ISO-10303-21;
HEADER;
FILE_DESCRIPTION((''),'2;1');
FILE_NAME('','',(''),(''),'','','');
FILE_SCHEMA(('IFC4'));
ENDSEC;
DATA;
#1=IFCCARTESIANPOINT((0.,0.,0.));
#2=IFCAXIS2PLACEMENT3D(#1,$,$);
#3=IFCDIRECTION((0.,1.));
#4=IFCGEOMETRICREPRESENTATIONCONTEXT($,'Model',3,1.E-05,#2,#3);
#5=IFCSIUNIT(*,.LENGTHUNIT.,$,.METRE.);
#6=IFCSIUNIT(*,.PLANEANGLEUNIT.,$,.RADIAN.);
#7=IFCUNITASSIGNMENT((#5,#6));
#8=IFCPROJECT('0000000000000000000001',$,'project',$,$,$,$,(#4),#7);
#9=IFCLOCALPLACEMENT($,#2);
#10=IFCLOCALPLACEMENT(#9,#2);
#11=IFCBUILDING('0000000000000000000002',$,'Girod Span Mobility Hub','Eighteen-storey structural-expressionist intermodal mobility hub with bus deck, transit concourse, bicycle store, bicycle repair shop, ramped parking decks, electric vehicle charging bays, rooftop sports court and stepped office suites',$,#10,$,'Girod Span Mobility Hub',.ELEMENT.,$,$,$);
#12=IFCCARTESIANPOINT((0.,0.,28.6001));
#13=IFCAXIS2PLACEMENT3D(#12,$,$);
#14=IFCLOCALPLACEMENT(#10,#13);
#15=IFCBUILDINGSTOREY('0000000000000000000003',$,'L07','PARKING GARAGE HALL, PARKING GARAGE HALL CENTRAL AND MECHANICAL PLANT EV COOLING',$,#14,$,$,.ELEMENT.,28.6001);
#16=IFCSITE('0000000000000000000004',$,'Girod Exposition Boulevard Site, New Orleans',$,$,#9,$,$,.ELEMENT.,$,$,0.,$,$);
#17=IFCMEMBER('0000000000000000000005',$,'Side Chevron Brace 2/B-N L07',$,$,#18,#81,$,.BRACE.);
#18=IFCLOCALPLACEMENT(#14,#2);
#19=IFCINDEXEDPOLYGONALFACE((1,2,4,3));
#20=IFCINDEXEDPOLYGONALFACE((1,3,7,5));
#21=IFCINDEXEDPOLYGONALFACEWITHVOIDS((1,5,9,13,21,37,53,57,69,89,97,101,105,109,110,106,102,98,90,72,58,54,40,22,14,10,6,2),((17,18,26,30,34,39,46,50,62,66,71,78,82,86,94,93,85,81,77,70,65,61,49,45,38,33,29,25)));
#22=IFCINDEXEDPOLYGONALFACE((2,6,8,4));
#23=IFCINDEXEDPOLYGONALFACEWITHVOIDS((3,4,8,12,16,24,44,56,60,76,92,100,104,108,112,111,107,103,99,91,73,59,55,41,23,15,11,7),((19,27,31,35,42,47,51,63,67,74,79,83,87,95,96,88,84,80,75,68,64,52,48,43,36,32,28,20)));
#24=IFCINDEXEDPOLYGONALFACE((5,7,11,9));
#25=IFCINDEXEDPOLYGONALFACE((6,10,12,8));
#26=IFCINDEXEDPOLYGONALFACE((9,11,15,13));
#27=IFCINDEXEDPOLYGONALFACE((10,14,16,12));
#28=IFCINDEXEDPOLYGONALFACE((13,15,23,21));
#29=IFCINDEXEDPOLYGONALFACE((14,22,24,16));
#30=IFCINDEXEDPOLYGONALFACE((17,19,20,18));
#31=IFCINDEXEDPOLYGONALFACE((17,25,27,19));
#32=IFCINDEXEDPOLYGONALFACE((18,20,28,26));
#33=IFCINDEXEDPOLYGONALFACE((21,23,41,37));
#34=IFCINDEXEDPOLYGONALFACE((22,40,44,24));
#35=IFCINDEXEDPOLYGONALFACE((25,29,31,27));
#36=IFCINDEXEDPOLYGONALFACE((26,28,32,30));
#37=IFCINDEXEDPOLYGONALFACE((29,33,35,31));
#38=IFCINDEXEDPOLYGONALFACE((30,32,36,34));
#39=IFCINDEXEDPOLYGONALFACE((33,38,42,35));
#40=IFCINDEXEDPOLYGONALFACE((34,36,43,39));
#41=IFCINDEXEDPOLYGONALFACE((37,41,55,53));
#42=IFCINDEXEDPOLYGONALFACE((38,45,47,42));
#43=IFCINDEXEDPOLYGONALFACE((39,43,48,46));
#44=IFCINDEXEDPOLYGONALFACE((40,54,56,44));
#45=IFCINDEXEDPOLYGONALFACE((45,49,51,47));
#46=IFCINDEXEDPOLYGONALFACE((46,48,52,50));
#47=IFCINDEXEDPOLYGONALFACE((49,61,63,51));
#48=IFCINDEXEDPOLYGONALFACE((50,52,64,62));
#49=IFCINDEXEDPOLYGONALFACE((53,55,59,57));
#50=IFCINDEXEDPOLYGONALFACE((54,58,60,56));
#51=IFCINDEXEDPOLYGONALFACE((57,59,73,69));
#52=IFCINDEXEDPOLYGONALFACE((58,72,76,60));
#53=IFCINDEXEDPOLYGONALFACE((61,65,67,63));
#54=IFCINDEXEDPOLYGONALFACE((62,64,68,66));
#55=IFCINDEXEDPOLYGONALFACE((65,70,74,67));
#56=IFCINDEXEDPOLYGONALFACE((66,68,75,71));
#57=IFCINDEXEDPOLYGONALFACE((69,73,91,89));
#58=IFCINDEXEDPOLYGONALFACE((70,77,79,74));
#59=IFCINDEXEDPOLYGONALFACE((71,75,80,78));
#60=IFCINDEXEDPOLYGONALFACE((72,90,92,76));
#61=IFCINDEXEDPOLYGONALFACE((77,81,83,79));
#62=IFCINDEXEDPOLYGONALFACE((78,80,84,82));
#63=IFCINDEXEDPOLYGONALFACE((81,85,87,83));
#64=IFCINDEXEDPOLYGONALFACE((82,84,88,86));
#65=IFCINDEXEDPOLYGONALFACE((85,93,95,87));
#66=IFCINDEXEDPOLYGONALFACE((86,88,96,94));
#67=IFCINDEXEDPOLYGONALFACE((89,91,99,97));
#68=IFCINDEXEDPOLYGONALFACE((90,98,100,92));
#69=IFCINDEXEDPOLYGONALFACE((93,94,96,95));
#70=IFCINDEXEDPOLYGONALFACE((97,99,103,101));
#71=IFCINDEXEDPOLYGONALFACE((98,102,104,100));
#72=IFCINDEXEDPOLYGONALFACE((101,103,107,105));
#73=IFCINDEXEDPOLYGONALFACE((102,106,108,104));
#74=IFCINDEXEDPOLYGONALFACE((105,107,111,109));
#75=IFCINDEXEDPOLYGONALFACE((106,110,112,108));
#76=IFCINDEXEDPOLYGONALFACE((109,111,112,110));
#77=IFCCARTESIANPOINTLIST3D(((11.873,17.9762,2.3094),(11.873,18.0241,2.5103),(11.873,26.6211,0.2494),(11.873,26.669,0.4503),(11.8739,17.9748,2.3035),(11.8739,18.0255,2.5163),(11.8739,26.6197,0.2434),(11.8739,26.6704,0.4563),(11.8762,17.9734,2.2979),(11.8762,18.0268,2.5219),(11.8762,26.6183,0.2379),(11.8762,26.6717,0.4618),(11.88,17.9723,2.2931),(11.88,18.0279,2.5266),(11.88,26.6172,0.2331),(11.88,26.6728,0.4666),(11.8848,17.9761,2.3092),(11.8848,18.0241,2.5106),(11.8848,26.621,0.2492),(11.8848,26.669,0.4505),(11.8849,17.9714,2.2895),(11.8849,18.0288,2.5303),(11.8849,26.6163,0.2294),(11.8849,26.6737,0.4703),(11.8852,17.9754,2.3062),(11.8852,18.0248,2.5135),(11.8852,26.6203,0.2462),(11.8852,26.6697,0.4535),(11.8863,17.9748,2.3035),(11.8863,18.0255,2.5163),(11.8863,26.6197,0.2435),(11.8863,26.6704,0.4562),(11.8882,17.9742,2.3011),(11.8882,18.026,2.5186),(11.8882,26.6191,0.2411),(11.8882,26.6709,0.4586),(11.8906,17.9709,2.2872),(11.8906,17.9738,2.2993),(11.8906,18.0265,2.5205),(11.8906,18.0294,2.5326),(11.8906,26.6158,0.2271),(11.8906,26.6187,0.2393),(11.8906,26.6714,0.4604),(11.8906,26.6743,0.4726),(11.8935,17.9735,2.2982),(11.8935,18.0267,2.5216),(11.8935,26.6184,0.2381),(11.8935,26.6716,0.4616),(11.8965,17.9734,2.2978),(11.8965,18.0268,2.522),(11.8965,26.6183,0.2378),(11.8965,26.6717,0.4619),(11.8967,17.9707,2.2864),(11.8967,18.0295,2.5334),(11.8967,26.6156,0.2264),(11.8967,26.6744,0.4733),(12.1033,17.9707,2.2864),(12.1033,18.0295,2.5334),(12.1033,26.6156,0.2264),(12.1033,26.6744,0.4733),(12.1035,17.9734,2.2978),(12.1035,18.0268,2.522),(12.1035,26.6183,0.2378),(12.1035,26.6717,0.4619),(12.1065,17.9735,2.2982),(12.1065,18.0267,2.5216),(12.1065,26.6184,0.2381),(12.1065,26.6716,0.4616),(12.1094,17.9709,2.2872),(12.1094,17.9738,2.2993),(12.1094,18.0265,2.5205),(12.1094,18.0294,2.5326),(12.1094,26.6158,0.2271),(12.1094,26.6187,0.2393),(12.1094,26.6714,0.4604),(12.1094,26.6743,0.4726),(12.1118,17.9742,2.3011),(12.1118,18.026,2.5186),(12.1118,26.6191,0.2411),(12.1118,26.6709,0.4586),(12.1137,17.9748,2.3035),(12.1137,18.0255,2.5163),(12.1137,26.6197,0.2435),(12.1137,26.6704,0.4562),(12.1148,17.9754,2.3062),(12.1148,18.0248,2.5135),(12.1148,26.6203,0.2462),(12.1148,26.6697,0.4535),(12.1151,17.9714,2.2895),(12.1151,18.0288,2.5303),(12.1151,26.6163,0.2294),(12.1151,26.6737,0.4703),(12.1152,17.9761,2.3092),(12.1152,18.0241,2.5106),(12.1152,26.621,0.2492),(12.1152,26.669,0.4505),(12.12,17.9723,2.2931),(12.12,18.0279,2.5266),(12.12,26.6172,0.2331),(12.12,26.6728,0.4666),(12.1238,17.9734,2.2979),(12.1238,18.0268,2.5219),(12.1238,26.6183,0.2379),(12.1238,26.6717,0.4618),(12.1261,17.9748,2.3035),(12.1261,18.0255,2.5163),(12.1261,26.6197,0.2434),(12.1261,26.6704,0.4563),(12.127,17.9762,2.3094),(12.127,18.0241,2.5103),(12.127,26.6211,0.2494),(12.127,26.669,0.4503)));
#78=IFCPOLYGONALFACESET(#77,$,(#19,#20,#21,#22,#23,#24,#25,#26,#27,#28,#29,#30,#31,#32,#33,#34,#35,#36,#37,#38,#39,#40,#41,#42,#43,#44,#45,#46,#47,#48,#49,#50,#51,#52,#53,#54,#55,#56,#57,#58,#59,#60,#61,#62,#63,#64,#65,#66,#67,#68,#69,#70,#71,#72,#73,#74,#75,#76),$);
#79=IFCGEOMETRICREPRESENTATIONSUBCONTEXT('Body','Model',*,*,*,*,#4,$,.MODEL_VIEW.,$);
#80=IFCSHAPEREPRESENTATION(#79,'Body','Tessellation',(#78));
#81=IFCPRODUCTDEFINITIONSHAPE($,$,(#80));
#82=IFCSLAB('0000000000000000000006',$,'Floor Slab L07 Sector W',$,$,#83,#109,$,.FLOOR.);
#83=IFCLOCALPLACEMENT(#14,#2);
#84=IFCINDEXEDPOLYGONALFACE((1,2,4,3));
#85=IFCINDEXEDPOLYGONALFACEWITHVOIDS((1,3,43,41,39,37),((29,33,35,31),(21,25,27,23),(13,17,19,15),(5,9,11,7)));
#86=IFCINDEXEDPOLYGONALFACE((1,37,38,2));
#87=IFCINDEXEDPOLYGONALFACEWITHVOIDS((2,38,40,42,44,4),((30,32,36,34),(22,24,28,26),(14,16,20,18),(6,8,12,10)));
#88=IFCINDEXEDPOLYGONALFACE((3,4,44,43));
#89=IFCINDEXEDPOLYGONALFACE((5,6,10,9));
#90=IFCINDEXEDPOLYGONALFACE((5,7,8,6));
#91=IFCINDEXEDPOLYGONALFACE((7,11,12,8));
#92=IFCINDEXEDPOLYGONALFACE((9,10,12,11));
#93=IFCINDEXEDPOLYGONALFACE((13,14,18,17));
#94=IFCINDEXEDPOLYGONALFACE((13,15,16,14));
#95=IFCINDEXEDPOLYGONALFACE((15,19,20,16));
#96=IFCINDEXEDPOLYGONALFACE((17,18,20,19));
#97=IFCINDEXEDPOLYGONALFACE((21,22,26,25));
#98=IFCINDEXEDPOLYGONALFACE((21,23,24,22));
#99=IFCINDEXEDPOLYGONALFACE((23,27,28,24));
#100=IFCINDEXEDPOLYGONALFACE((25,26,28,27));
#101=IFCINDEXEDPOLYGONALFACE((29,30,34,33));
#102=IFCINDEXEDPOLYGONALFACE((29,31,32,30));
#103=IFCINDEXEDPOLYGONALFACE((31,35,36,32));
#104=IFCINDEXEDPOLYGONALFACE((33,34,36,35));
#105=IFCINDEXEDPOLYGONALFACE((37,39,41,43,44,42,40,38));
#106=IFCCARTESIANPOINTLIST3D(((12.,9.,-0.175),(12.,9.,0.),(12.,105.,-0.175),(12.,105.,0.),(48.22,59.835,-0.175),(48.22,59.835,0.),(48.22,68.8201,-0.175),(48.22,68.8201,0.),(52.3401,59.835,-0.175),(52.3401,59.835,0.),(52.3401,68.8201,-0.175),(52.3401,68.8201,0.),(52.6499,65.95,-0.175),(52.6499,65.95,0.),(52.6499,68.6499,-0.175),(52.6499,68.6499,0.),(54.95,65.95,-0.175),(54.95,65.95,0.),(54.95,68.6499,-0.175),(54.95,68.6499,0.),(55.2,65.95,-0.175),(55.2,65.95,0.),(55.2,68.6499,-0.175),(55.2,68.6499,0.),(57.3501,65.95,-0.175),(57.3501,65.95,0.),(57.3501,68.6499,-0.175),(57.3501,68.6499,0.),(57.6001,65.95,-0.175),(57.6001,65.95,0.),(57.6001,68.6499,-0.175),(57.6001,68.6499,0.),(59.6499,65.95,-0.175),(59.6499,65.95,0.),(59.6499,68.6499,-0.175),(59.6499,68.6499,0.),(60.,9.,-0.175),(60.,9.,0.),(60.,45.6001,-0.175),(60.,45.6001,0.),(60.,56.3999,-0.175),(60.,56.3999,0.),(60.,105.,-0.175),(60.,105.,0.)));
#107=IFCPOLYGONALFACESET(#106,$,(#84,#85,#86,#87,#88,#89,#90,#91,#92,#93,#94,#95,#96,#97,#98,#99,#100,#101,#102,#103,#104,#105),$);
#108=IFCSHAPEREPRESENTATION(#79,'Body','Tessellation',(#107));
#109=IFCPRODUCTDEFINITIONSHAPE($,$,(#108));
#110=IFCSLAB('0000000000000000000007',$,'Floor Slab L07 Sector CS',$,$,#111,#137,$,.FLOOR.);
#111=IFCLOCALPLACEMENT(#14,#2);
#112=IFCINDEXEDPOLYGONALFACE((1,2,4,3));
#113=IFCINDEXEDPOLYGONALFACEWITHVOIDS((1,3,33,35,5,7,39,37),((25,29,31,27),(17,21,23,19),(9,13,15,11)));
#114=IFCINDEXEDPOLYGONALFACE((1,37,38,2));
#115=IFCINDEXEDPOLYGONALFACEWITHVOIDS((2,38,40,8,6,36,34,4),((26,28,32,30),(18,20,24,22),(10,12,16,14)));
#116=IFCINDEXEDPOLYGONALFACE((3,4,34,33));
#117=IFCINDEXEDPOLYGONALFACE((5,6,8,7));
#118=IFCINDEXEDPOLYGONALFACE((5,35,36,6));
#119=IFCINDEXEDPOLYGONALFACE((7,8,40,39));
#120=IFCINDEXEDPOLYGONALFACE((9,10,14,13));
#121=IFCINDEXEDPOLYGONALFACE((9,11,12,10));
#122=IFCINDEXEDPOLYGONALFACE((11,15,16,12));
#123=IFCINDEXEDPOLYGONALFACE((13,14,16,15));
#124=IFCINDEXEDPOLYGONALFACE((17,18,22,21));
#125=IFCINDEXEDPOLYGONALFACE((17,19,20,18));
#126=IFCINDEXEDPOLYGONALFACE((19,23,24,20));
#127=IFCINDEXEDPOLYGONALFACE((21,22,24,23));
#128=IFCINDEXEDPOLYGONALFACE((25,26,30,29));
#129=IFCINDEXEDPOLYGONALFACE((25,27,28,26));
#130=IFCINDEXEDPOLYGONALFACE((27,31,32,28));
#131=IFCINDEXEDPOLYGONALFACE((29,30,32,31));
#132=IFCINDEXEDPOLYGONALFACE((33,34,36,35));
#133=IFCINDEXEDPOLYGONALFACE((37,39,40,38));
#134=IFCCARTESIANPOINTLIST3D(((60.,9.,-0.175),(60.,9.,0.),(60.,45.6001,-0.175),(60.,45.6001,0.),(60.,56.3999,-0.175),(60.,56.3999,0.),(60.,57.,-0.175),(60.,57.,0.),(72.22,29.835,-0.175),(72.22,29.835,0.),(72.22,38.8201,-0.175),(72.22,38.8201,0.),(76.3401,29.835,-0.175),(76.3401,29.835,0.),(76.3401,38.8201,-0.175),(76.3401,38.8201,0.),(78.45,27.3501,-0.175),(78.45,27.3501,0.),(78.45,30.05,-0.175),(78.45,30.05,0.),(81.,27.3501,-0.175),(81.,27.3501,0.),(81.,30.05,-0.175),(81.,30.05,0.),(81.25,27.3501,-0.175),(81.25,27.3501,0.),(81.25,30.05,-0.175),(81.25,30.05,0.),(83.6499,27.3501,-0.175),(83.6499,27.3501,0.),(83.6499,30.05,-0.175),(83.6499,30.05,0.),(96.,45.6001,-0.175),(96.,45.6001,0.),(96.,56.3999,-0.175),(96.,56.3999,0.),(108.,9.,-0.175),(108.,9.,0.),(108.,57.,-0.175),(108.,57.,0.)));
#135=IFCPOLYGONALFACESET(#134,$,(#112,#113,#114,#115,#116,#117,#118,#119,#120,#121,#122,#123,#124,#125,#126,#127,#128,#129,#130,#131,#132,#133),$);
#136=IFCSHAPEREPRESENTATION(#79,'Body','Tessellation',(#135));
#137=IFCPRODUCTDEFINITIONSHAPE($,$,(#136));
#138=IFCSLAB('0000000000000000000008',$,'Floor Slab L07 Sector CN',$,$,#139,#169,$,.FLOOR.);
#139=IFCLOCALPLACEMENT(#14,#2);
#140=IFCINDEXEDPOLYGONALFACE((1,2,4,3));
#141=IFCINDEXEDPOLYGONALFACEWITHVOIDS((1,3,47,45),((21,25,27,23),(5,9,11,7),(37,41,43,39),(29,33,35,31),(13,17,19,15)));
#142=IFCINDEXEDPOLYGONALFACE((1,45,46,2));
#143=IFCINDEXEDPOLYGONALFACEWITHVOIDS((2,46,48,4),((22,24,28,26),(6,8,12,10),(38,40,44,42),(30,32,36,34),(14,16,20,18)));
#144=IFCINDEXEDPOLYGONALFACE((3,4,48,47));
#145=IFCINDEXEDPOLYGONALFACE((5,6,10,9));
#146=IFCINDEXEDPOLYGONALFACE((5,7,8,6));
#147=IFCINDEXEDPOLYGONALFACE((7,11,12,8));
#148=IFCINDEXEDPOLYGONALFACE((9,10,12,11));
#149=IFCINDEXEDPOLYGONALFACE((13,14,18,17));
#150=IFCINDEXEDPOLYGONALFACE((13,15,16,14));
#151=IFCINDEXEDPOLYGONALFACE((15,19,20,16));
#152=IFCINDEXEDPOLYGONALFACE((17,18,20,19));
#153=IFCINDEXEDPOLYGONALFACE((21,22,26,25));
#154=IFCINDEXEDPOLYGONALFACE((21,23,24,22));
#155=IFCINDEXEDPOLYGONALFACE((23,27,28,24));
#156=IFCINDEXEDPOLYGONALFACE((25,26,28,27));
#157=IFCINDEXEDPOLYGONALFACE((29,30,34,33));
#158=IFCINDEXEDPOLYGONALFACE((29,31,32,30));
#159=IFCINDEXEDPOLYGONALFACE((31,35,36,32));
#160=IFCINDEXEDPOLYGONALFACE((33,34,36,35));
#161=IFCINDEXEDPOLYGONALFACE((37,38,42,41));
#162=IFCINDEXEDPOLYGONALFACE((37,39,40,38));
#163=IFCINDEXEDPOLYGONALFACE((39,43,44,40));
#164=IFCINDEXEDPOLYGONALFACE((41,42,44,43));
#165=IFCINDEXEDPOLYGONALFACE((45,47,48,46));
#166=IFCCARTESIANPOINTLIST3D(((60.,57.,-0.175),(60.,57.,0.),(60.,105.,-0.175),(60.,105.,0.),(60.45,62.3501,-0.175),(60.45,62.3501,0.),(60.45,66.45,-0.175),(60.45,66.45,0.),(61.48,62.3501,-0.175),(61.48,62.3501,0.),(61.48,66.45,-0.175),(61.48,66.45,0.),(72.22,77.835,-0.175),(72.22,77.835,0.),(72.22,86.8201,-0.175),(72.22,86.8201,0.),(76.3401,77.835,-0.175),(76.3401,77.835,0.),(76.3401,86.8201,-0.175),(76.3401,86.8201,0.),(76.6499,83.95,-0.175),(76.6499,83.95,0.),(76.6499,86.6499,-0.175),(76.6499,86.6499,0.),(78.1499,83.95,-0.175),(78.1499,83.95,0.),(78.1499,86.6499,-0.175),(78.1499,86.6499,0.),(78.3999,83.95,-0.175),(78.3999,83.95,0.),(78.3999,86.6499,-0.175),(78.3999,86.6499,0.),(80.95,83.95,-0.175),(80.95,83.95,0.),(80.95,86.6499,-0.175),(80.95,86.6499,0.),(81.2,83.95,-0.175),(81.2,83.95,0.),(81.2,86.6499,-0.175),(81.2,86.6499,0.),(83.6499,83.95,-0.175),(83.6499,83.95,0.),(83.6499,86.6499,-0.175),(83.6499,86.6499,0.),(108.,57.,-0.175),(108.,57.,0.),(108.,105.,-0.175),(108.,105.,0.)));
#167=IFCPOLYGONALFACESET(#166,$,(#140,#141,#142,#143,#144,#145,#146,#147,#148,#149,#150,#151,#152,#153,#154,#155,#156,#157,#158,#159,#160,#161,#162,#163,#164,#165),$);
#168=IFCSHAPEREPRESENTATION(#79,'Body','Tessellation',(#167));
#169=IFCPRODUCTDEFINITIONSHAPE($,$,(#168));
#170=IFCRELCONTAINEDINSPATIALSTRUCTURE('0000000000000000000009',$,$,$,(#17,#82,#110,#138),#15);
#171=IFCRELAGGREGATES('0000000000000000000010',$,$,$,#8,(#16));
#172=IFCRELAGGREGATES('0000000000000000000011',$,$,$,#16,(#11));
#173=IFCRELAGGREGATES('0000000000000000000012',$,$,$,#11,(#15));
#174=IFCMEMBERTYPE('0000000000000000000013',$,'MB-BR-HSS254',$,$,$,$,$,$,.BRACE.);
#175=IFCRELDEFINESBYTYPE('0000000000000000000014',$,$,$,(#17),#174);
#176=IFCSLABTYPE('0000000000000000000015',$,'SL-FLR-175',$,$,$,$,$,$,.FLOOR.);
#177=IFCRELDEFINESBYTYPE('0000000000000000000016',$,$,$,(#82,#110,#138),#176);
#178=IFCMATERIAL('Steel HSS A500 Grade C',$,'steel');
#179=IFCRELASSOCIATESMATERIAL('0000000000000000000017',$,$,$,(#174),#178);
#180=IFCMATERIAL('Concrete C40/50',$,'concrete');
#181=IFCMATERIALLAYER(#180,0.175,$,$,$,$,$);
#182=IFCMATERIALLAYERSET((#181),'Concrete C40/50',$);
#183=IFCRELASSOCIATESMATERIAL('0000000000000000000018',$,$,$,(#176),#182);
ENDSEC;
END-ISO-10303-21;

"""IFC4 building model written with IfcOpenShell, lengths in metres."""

from ifc_helpers import new_model, si_unit, direction, frame, origin, origin_2d, place, context, subcontext, project, spatial, polyline, hollow_rectangle, outline, extrude, material, layer, layer_set, material_profile, profile_set, type_object, element, save


model = new_model("IFC4")

# Units and contexts
model_context = context("Model", 3, precision=1e-05, world=origin(), true_north=direction((0.0, 1.0)))
body_context = subcontext(model_context, "Body", "Model", "MODEL_VIEW")
ifc_project = project(units=[si_unit("LENGTHUNIT", "METRE"), si_unit("PLANEANGLEUNIT", "RADIAN")], contexts=[model_context])

# Site, building, storey
site_placement = place(None, origin())
site = spatial("IfcSite", under=ifc_project, at=site_placement, Name="Girod Exposition Boulevard Site, New Orleans", CompositionType="ELEMENT", RefElevation=0.0)
building_placement = place(site_placement, origin())
building = spatial("IfcBuilding", under=site, at=building_placement, Name="Girod Span Mobility Hub", Description="Eighteen-storey structural-expressionist intermodal mobility hub with bus deck, transit concourse, bicycle store, bicycle repair shop, ramped parking decks, electric vehicle charging bays, rooftop sports court and stepped office suites", LongName="Girod Span Mobility Hub", CompositionType="ELEMENT")
storey_placement = place(building_placement, frame((0.0, 0.0, 28.6001)))
storey = spatial("IfcBuildingStorey", under=building, at=storey_placement, Name="L07", Description="PARKING GARAGE HALL, PARKING GARAGE HALL CENTRAL AND MECHANICAL PLANT EV COOLING", CompositionType="ELEMENT", Elevation=28.6001)

# Member
ifc_material_1 = material(Name="Steel HSS A500 Grade C", Category="steel")
ifc_material_profile_1 = material_profile(ifc_material_1, hollow_rectangle(XDim=0.2539, YDim=0.2539, WallThickness=0.0117, InnerFilletRadius=0.0117, OuterFilletRadius=0.0237, at=origin_2d()), Name="HSS254X254X12.7")
ifc_profile_set_1 = profile_set([ifc_material_profile_1], Name="Steel HSS A500 Grade C")
member_type = type_object("IfcMemberType", Name="MB-BR-HSS254", PredefinedType="BRACE", material=ifc_profile_set_1)
for number, where, z_axis, x_axis, name in (
    (1, (12.0, 26.645, 0.3499), (0.0, -0.972763, 0.231804), (1.0, 0.0, 0.0), "Side Chevron Brace 2/B-N L07"),
):
    element("IfcMember", number, at=place(storey_placement, frame(where, z_axis=z_axis, x_axis=x_axis)), inside=storey, type_object=member_type, Name=name, PredefinedType="BRACE", context=body_context, shape_type="SweptSolid", body=[
        extrude(hollow_rectangle(XDim=0.2539, YDim=0.2539, WallThickness=0.0117, InnerFilletRadius=0.0117, OuterFilletRadius=0.0237, at=origin_2d()), origin(), (0.0, 0.0, 1.0), 8.887),
    ])

# Slabs
ifc_material_2 = material(Name="Concrete C40/50", Category="concrete")
ifc_layer_1 = layer(ifc_material_2, 0.175)
ifc_layer_set_1 = layer_set([ifc_layer_1], Name="Concrete C40/50")
slab_type_1 = type_object("IfcSlabType", Name="SL-FLR-175", PredefinedType="FLOOR", material=ifc_layer_set_1)
slab_1_placement = place(storey_placement, frame((0.0, 0.0, -0.175)))
element("IfcSlab", 2, at=slab_1_placement, inside=storey, type_object=slab_type_1, Name="Floor Slab L07 Sector W", PredefinedType="FLOOR", context=body_context, shape_type="SweptSolid", body=[
    extrude(outline(polyline([(12.0, 105.0), (60.0, 105.0), (60.0, 56.3999), (60.0, 45.6001), (60.0, 9.0), (12.0, 9.0), (12.0, 105.0)]), holes=[polyline([(48.22, 68.8201), (48.22, 59.835), (52.3401, 59.835), (52.3401, 68.8201), (48.22, 68.8201)]), polyline([(52.6499, 68.6499), (52.6499, 65.95), (54.95, 65.95), (54.95, 68.6499), (52.6499, 68.6499)]), polyline([(55.2, 68.6499), (55.2, 65.95), (57.3501, 65.95), (57.3501, 68.6499), (55.2, 68.6499)]), polyline([(57.6001, 68.6499), (57.6001, 65.95), (59.6499, 65.95), (59.6499, 68.6499), (57.6001, 68.6499)])]), origin(), (0.0, 0.0, 1.0), 0.175),
])
slab_2_placement = place(storey_placement, frame((0.0, 0.0, -0.175)))
element("IfcSlab", 3, at=slab_2_placement, inside=storey, type_object=slab_type_1, Name="Floor Slab L07 Sector CS", PredefinedType="FLOOR", context=body_context, shape_type="SweptSolid", body=[
    extrude(outline(polyline([(60.0, 9.0), (60.0, 45.6001), (96.0, 45.6001), (96.0, 56.3999), (60.0, 56.3999), (60.0, 57.0), (108.0, 57.0), (108.0, 9.0), (60.0, 9.0)]), holes=[polyline([(72.22, 38.8201), (72.22, 29.835), (76.3401, 29.835), (76.3401, 38.8201), (72.22, 38.8201)]), polyline([(78.45, 30.05), (78.45, 27.3501), (81.0, 27.3501), (81.0, 30.05), (78.45, 30.05)]), polyline([(81.25, 30.05), (81.25, 27.3501), (83.6499, 27.3501), (83.6499, 30.05), (81.25, 30.05)])]), origin(), (0.0, 0.0, 1.0), 0.175),
])
slab_3_placement = place(storey_placement, frame((0.0, 0.0, -0.175)))
element("IfcSlab", 4, at=slab_3_placement, inside=storey, type_object=slab_type_1, Name="Floor Slab L07 Sector CN", PredefinedType="FLOOR", context=body_context, shape_type="SweptSolid", body=[
    extrude(outline(polyline([(108.0, 105.0), (108.0, 57.0), (60.0, 57.0), (60.0, 105.0), (108.0, 105.0)]), holes=[polyline([(60.45, 66.45), (60.45, 62.3501), (61.48, 62.3501), (61.48, 66.45), (60.45, 66.45)]), polyline([(72.22, 86.8201), (72.22, 77.835), (76.3401, 77.835), (76.3401, 86.8201), (72.22, 86.8201)]), polyline([(76.6499, 86.6499), (76.6499, 83.95), (78.1499, 83.95), (78.1499, 86.6499), (76.6499, 86.6499)]), polyline([(80.95, 86.6499), (78.3999, 86.6499), (78.3999, 83.95), (80.95, 83.95), (80.95, 86.6499)]), polyline([(83.6499, 86.6499), (81.2, 86.6499), (81.2, 83.95), (83.6499, 83.95), (83.6499, 86.6499)])]), origin(), (0.0, 0.0, 1.0), 0.175),
])

save(model, "model.ifc")
